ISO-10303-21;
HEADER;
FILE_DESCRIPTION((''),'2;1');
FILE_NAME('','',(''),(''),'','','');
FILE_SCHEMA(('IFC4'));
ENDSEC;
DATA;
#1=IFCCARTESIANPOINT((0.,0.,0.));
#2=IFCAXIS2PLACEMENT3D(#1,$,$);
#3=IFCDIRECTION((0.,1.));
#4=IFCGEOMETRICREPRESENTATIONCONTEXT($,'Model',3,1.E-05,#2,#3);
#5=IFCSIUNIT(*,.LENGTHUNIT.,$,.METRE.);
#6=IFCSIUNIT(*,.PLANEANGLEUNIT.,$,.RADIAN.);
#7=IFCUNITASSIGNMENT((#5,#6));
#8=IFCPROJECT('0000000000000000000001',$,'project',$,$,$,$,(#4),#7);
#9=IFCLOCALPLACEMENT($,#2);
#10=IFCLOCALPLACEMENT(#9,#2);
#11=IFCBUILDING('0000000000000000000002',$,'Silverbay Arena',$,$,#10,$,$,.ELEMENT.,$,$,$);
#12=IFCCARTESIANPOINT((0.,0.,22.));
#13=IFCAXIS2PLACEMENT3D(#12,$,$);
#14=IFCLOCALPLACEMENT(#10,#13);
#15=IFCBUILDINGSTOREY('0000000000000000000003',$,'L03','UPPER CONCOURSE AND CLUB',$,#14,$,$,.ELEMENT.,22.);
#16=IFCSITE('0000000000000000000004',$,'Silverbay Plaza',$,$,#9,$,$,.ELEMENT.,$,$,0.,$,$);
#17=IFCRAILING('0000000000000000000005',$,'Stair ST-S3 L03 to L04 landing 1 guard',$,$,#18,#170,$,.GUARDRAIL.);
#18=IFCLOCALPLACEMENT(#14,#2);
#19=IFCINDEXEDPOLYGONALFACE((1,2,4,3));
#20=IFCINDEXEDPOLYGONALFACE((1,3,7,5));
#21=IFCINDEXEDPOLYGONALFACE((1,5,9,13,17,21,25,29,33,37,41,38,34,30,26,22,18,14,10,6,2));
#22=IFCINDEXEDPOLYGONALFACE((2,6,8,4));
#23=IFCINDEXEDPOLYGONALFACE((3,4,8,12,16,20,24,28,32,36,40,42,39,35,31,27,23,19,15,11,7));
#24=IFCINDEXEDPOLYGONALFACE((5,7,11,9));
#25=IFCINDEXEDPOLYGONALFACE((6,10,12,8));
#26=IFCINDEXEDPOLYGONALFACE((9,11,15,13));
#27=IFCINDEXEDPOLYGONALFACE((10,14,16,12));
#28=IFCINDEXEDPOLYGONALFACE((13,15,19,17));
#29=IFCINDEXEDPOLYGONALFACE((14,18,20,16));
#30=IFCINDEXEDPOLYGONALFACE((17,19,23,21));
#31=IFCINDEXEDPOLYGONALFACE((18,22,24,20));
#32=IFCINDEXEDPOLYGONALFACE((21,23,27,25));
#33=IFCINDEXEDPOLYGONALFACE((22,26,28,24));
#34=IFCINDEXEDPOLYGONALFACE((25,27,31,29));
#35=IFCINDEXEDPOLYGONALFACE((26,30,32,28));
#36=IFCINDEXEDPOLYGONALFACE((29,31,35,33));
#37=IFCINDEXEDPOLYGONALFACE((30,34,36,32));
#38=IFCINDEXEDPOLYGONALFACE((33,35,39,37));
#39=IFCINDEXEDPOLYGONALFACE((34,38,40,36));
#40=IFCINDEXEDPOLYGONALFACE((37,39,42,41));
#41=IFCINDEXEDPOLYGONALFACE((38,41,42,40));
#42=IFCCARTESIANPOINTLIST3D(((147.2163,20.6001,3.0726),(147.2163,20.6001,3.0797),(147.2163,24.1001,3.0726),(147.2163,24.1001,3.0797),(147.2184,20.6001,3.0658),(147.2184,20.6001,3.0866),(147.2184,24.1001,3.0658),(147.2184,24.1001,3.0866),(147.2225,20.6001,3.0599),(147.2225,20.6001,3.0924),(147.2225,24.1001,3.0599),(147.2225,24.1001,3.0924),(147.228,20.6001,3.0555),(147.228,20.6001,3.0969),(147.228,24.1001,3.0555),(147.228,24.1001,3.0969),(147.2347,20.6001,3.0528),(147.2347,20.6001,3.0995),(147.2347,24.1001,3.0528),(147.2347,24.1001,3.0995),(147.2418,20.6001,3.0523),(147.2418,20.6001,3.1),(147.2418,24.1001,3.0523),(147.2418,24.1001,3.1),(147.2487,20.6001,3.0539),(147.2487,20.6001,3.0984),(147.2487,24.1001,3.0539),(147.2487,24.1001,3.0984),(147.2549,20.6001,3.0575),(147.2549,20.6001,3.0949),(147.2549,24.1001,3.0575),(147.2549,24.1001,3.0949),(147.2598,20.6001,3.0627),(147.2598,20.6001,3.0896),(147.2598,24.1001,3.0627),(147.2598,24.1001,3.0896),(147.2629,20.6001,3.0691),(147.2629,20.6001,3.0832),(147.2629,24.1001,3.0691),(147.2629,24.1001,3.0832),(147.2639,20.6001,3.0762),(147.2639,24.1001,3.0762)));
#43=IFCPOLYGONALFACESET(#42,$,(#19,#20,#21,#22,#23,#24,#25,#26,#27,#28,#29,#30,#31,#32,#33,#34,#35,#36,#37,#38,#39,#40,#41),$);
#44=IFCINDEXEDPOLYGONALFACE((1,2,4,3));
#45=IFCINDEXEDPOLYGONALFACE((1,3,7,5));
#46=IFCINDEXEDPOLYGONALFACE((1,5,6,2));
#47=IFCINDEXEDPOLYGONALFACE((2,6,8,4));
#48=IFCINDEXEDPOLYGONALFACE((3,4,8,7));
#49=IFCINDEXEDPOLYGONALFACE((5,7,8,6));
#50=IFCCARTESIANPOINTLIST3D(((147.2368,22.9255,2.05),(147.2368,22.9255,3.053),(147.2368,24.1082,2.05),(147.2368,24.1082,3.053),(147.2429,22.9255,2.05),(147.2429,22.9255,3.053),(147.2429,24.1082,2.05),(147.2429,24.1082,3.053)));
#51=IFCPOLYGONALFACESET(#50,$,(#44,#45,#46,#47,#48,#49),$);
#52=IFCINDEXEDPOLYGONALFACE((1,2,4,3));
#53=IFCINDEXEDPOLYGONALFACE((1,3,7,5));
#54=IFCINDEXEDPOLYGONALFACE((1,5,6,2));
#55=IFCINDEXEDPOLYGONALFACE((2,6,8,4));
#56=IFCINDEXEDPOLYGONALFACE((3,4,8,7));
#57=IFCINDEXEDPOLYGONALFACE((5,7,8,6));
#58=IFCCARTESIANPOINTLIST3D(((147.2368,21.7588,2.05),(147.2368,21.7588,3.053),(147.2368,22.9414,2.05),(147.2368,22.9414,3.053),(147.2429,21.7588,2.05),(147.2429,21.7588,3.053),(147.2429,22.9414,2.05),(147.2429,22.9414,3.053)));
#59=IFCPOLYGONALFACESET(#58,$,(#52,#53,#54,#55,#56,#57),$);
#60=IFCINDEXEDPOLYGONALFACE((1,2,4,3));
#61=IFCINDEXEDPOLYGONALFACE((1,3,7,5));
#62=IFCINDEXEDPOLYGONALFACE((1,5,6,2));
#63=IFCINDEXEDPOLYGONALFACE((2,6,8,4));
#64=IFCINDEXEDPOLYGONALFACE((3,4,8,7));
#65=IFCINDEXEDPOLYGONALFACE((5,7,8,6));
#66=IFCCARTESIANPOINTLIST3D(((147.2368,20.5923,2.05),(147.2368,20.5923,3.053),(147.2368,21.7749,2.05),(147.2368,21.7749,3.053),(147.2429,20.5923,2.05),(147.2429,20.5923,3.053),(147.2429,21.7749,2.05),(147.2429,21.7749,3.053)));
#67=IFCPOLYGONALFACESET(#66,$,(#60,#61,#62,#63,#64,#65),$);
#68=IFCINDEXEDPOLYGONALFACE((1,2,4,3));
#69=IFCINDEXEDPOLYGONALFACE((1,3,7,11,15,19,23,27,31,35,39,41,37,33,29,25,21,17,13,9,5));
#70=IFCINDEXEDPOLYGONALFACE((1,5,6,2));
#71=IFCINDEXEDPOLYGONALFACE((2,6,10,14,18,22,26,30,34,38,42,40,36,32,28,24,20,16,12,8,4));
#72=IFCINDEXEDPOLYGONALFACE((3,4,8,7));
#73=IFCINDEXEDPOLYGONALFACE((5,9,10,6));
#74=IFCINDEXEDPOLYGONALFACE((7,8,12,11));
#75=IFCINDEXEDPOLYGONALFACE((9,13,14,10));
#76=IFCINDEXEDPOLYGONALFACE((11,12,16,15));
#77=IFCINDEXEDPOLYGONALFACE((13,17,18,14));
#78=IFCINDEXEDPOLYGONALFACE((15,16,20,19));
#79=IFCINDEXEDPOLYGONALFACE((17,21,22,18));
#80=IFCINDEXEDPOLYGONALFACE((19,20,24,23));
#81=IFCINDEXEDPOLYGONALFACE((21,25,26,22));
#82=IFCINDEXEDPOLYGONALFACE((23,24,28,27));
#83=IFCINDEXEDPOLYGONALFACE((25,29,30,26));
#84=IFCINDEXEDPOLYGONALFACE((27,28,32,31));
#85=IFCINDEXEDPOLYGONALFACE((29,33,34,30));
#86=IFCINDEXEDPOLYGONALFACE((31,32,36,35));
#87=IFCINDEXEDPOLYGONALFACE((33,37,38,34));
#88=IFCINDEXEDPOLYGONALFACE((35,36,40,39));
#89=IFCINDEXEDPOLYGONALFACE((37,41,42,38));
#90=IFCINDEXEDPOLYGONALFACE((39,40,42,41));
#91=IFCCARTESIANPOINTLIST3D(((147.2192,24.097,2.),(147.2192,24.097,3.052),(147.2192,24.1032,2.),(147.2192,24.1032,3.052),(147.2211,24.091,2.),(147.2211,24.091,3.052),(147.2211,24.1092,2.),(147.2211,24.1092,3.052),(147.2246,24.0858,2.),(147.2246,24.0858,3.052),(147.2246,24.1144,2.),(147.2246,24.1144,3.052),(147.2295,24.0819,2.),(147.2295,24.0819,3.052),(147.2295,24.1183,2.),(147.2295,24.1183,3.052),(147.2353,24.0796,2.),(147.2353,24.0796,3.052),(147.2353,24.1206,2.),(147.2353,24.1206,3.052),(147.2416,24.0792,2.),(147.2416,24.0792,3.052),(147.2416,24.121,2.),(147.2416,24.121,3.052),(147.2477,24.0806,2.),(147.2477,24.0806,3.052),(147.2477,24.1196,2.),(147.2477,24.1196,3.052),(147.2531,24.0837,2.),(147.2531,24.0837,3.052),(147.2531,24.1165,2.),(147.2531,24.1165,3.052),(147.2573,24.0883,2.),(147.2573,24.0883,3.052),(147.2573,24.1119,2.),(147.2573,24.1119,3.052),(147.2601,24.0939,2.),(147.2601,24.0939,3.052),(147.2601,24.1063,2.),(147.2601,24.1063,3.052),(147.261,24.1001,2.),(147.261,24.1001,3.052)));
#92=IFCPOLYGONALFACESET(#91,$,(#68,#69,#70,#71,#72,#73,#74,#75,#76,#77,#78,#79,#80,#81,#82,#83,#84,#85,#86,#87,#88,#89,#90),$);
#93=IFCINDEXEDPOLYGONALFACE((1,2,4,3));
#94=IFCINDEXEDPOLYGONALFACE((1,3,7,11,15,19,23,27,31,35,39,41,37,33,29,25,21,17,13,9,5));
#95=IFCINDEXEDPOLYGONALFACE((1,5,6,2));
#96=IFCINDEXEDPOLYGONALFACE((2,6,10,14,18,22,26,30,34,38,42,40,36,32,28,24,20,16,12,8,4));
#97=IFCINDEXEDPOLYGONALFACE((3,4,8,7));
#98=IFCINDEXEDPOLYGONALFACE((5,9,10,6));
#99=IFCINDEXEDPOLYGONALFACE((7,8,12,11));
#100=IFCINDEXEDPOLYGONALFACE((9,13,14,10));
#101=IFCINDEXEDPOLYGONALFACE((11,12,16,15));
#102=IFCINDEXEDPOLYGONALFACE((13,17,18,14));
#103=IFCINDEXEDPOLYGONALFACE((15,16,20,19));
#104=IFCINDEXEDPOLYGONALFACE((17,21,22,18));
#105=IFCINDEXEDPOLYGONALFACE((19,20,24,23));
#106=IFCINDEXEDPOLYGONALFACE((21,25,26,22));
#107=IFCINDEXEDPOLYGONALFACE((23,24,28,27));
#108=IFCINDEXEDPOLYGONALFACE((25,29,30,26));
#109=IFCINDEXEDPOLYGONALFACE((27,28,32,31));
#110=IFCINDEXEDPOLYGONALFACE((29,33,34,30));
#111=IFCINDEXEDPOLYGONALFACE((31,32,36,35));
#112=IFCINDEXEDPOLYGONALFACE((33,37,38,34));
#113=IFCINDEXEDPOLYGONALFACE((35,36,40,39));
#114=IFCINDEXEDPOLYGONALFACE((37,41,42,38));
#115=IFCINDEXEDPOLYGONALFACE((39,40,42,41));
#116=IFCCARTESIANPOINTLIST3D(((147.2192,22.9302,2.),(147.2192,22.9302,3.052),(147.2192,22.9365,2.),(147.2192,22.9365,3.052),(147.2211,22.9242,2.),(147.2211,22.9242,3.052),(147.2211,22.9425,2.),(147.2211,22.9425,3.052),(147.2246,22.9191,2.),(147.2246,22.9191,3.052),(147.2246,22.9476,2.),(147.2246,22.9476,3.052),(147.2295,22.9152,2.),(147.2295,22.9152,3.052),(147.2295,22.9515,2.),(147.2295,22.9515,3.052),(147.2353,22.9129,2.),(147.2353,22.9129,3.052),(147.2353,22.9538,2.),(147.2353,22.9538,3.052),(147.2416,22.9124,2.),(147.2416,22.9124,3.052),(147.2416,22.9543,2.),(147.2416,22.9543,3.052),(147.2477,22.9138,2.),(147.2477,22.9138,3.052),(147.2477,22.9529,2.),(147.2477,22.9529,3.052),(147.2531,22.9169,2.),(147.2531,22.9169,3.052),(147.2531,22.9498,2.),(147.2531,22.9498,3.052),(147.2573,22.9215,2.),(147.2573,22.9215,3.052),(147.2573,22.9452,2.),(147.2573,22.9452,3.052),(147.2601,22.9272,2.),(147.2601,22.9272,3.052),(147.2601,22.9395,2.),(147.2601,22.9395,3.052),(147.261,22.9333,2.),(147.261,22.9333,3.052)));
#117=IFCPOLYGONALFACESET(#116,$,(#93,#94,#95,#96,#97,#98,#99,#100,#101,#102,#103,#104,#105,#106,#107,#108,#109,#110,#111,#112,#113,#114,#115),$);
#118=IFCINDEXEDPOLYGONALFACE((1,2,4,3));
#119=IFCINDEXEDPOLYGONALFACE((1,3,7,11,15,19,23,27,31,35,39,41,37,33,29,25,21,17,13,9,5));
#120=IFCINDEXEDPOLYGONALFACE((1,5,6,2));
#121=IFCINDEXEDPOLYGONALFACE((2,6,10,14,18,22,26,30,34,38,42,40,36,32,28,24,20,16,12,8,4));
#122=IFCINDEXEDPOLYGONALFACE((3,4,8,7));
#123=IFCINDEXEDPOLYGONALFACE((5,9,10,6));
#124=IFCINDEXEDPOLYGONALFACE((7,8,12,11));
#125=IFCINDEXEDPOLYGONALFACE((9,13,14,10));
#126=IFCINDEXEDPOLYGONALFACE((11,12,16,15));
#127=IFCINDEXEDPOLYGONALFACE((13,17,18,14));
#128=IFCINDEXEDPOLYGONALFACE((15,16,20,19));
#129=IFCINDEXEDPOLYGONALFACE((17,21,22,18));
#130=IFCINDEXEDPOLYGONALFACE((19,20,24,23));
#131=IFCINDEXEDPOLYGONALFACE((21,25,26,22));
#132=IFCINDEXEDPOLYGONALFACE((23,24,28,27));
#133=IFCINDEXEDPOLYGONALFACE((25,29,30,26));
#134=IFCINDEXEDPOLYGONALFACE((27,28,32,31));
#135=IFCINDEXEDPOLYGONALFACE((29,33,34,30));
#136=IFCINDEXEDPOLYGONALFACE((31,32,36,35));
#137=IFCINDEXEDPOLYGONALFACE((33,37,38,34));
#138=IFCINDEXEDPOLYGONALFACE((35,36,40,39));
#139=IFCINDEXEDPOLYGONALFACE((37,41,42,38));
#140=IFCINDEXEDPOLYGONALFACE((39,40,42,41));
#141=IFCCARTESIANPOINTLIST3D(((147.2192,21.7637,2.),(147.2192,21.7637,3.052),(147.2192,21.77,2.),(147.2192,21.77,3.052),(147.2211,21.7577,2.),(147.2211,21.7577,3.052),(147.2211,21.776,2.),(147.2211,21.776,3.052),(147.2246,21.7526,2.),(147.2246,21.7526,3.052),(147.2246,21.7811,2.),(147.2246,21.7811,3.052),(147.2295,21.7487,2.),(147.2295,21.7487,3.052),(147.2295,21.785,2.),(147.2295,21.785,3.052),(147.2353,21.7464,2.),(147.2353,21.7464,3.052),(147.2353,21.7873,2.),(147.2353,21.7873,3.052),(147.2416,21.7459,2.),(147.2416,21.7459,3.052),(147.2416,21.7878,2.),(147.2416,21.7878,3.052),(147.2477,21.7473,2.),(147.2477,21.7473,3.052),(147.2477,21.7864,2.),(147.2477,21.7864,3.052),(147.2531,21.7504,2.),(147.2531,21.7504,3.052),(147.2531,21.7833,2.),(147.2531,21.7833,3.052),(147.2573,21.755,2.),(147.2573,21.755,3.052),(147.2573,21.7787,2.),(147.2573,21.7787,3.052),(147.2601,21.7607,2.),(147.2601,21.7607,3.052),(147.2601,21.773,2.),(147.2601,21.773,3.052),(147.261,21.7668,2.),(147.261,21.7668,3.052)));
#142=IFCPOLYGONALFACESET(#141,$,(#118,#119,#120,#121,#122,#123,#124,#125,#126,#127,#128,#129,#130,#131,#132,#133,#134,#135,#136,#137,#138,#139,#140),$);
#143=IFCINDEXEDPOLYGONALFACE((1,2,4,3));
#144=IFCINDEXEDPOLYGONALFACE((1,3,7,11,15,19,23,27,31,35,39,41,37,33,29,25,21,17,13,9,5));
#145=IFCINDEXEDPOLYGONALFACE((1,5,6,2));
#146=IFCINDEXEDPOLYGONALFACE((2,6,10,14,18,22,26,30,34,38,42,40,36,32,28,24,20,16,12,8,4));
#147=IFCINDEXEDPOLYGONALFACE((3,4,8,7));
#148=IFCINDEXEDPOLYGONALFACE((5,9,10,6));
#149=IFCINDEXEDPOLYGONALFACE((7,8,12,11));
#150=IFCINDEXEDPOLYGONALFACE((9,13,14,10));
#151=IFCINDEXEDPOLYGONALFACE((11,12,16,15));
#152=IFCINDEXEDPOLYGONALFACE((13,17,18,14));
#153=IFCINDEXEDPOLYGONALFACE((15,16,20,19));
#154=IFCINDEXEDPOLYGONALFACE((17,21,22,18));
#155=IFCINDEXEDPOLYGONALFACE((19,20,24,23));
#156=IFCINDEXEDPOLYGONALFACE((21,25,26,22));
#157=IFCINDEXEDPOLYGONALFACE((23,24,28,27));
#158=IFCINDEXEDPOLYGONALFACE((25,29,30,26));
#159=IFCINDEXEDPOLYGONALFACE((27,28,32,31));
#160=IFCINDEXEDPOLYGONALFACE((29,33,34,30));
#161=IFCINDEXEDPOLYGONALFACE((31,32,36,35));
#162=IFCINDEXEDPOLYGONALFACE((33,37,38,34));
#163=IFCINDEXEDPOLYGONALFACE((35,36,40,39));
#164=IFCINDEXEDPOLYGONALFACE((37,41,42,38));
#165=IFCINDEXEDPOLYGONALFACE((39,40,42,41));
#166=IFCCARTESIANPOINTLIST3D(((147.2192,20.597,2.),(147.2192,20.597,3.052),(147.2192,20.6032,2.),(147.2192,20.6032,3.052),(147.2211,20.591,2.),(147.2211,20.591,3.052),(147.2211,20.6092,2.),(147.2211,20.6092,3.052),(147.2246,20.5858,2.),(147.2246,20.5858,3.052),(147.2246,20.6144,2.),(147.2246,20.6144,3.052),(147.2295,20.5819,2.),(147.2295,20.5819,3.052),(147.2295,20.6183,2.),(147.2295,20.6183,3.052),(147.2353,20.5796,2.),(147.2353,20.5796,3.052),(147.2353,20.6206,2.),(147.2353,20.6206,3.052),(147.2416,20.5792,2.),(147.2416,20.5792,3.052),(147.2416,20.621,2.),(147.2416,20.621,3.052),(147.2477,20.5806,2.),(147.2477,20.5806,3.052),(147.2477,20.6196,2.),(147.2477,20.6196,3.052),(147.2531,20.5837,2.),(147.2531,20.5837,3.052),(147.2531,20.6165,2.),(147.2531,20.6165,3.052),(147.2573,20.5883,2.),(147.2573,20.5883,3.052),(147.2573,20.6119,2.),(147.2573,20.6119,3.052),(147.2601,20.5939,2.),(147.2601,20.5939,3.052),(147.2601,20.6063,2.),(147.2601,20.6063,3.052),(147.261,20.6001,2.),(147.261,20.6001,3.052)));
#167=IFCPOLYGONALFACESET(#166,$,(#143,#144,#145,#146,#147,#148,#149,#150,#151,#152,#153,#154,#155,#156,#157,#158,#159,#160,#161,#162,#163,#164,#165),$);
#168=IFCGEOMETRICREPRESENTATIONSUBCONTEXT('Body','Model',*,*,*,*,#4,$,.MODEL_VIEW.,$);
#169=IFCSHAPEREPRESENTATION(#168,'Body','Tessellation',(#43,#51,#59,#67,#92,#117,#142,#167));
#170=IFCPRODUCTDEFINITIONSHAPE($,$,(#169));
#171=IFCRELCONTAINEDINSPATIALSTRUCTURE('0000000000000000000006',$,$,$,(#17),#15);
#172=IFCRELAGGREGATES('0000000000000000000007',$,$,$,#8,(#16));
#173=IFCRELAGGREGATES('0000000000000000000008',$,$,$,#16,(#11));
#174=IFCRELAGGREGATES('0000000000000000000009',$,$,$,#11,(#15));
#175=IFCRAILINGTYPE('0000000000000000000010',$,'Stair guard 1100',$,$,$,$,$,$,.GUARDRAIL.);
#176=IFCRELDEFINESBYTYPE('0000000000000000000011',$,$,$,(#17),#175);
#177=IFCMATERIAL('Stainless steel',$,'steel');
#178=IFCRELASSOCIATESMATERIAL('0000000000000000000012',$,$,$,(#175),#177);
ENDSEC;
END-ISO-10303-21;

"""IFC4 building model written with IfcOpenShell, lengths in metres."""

from ifc_helpers import new_model, si_unit, direction, frame, origin, origin_2d, place, context, subcontext, project, spatial, polyline, circle, outline, extrude, material, type_object, element, save


model = new_model("IFC4")

# Units and contexts
model_context = context("Model", 3, precision=1e-05, world=origin(), true_north=direction((0.0, 1.0)))
body_context = subcontext(model_context, "Body", "Model", "MODEL_VIEW")
ifc_project = project(units=[si_unit("LENGTHUNIT", "METRE"), si_unit("PLANEANGLEUNIT", "RADIAN")], contexts=[model_context])

# Site, building, storey
site_placement = place(None, origin())
site = spatial("IfcSite", under=ifc_project, at=site_placement, Name="Silverbay Plaza", CompositionType="ELEMENT", RefElevation=0.0)
building_placement = place(site_placement, origin())
building = spatial("IfcBuilding", under=site, at=building_placement, Name="Silverbay Arena", CompositionType="ELEMENT")
storey_placement = place(building_placement, frame((0.0, 0.0, 22.0)))
storey = spatial("IfcBuildingStorey", under=building, at=storey_placement, Name="L03", Description="UPPER CONCOURSE AND CLUB", CompositionType="ELEMENT", Elevation=22.0)

# Railing
ifc_material_1 = material(Name="Stainless steel", Category="steel")
railing_type_1 = type_object("IfcRailingType", Name="Stair guard 1100", PredefinedType="GUARDRAIL", material=ifc_material_1)
for number, where, name in (
    (1, (147.24, 24.1001, 2.0), "Stair ST-S3 L03 to L04 landing 1 guard"),
):
    element("IfcRailing", number, at=place(storey_placement, frame(where)), inside=storey, type_object=railing_type_1, Name=name, PredefinedType="GUARDRAIL", context=body_context, shape_type="SweptSolid", body=[
        extrude(circle(Radius=0.0239, at=origin_2d()), frame((0.0, 0.0, 1.0762), z_axis=(0.0, -1.0, 0.0), x_axis=(1.0, 0.0, 0.0)), (0.0, 0.0, 1.0), 3.5),
        extrude(outline(polyline([(-0.0081, 0.05), (1.1746, 0.05), (1.1746, 1.053), (-0.0081, 1.053), (-0.0081, 0.05)])), frame((0.0029, 0.0, 0.0), z_axis=(-1.0, 0.0, 0.0), x_axis=(0.0, -1.0, 0.0)), (0.0, 0.0, 1.0), 0.0061),
        extrude(outline(polyline([(-0.0081, 0.05), (1.1746, 0.05), (1.1746, 1.053), (-0.0081, 1.053), (-0.0081, 0.05)])), frame((0.0029, -1.1667, 0.0), z_axis=(-1.0, 0.0, 0.0), x_axis=(0.0, -1.0, 0.0)), (0.0, 0.0, 1.0), 0.0061),
        extrude(outline(polyline([(-0.0081, 0.05), (1.1746, 0.05), (1.1746, 1.053), (-0.0081, 1.053), (-0.0081, 0.05)])), frame((0.0029, -2.3333, 0.0), z_axis=(-1.0, 0.0, 0.0), x_axis=(0.0, -1.0, 0.0)), (0.0, 0.0, 1.0), 0.0061),
        extrude(circle(Radius=0.021, at=origin_2d()), origin(), (0.0, 0.0, 1.0), 1.052),
        extrude(circle(Radius=0.021, at=origin_2d()), frame((0.0, -1.1667, 0.0)), (0.0, 0.0, 1.0), 1.052),
        extrude(circle(Radius=0.021, at=origin_2d()), frame((0.0, -2.3333, 0.0)), (0.0, 0.0, 1.0), 1.052),
        extrude(circle(Radius=0.021, at=origin_2d()), frame((0.0, -3.5, 0.0)), (0.0, 0.0, 1.0), 1.052),
    ])

save(model, "model.ifc")
